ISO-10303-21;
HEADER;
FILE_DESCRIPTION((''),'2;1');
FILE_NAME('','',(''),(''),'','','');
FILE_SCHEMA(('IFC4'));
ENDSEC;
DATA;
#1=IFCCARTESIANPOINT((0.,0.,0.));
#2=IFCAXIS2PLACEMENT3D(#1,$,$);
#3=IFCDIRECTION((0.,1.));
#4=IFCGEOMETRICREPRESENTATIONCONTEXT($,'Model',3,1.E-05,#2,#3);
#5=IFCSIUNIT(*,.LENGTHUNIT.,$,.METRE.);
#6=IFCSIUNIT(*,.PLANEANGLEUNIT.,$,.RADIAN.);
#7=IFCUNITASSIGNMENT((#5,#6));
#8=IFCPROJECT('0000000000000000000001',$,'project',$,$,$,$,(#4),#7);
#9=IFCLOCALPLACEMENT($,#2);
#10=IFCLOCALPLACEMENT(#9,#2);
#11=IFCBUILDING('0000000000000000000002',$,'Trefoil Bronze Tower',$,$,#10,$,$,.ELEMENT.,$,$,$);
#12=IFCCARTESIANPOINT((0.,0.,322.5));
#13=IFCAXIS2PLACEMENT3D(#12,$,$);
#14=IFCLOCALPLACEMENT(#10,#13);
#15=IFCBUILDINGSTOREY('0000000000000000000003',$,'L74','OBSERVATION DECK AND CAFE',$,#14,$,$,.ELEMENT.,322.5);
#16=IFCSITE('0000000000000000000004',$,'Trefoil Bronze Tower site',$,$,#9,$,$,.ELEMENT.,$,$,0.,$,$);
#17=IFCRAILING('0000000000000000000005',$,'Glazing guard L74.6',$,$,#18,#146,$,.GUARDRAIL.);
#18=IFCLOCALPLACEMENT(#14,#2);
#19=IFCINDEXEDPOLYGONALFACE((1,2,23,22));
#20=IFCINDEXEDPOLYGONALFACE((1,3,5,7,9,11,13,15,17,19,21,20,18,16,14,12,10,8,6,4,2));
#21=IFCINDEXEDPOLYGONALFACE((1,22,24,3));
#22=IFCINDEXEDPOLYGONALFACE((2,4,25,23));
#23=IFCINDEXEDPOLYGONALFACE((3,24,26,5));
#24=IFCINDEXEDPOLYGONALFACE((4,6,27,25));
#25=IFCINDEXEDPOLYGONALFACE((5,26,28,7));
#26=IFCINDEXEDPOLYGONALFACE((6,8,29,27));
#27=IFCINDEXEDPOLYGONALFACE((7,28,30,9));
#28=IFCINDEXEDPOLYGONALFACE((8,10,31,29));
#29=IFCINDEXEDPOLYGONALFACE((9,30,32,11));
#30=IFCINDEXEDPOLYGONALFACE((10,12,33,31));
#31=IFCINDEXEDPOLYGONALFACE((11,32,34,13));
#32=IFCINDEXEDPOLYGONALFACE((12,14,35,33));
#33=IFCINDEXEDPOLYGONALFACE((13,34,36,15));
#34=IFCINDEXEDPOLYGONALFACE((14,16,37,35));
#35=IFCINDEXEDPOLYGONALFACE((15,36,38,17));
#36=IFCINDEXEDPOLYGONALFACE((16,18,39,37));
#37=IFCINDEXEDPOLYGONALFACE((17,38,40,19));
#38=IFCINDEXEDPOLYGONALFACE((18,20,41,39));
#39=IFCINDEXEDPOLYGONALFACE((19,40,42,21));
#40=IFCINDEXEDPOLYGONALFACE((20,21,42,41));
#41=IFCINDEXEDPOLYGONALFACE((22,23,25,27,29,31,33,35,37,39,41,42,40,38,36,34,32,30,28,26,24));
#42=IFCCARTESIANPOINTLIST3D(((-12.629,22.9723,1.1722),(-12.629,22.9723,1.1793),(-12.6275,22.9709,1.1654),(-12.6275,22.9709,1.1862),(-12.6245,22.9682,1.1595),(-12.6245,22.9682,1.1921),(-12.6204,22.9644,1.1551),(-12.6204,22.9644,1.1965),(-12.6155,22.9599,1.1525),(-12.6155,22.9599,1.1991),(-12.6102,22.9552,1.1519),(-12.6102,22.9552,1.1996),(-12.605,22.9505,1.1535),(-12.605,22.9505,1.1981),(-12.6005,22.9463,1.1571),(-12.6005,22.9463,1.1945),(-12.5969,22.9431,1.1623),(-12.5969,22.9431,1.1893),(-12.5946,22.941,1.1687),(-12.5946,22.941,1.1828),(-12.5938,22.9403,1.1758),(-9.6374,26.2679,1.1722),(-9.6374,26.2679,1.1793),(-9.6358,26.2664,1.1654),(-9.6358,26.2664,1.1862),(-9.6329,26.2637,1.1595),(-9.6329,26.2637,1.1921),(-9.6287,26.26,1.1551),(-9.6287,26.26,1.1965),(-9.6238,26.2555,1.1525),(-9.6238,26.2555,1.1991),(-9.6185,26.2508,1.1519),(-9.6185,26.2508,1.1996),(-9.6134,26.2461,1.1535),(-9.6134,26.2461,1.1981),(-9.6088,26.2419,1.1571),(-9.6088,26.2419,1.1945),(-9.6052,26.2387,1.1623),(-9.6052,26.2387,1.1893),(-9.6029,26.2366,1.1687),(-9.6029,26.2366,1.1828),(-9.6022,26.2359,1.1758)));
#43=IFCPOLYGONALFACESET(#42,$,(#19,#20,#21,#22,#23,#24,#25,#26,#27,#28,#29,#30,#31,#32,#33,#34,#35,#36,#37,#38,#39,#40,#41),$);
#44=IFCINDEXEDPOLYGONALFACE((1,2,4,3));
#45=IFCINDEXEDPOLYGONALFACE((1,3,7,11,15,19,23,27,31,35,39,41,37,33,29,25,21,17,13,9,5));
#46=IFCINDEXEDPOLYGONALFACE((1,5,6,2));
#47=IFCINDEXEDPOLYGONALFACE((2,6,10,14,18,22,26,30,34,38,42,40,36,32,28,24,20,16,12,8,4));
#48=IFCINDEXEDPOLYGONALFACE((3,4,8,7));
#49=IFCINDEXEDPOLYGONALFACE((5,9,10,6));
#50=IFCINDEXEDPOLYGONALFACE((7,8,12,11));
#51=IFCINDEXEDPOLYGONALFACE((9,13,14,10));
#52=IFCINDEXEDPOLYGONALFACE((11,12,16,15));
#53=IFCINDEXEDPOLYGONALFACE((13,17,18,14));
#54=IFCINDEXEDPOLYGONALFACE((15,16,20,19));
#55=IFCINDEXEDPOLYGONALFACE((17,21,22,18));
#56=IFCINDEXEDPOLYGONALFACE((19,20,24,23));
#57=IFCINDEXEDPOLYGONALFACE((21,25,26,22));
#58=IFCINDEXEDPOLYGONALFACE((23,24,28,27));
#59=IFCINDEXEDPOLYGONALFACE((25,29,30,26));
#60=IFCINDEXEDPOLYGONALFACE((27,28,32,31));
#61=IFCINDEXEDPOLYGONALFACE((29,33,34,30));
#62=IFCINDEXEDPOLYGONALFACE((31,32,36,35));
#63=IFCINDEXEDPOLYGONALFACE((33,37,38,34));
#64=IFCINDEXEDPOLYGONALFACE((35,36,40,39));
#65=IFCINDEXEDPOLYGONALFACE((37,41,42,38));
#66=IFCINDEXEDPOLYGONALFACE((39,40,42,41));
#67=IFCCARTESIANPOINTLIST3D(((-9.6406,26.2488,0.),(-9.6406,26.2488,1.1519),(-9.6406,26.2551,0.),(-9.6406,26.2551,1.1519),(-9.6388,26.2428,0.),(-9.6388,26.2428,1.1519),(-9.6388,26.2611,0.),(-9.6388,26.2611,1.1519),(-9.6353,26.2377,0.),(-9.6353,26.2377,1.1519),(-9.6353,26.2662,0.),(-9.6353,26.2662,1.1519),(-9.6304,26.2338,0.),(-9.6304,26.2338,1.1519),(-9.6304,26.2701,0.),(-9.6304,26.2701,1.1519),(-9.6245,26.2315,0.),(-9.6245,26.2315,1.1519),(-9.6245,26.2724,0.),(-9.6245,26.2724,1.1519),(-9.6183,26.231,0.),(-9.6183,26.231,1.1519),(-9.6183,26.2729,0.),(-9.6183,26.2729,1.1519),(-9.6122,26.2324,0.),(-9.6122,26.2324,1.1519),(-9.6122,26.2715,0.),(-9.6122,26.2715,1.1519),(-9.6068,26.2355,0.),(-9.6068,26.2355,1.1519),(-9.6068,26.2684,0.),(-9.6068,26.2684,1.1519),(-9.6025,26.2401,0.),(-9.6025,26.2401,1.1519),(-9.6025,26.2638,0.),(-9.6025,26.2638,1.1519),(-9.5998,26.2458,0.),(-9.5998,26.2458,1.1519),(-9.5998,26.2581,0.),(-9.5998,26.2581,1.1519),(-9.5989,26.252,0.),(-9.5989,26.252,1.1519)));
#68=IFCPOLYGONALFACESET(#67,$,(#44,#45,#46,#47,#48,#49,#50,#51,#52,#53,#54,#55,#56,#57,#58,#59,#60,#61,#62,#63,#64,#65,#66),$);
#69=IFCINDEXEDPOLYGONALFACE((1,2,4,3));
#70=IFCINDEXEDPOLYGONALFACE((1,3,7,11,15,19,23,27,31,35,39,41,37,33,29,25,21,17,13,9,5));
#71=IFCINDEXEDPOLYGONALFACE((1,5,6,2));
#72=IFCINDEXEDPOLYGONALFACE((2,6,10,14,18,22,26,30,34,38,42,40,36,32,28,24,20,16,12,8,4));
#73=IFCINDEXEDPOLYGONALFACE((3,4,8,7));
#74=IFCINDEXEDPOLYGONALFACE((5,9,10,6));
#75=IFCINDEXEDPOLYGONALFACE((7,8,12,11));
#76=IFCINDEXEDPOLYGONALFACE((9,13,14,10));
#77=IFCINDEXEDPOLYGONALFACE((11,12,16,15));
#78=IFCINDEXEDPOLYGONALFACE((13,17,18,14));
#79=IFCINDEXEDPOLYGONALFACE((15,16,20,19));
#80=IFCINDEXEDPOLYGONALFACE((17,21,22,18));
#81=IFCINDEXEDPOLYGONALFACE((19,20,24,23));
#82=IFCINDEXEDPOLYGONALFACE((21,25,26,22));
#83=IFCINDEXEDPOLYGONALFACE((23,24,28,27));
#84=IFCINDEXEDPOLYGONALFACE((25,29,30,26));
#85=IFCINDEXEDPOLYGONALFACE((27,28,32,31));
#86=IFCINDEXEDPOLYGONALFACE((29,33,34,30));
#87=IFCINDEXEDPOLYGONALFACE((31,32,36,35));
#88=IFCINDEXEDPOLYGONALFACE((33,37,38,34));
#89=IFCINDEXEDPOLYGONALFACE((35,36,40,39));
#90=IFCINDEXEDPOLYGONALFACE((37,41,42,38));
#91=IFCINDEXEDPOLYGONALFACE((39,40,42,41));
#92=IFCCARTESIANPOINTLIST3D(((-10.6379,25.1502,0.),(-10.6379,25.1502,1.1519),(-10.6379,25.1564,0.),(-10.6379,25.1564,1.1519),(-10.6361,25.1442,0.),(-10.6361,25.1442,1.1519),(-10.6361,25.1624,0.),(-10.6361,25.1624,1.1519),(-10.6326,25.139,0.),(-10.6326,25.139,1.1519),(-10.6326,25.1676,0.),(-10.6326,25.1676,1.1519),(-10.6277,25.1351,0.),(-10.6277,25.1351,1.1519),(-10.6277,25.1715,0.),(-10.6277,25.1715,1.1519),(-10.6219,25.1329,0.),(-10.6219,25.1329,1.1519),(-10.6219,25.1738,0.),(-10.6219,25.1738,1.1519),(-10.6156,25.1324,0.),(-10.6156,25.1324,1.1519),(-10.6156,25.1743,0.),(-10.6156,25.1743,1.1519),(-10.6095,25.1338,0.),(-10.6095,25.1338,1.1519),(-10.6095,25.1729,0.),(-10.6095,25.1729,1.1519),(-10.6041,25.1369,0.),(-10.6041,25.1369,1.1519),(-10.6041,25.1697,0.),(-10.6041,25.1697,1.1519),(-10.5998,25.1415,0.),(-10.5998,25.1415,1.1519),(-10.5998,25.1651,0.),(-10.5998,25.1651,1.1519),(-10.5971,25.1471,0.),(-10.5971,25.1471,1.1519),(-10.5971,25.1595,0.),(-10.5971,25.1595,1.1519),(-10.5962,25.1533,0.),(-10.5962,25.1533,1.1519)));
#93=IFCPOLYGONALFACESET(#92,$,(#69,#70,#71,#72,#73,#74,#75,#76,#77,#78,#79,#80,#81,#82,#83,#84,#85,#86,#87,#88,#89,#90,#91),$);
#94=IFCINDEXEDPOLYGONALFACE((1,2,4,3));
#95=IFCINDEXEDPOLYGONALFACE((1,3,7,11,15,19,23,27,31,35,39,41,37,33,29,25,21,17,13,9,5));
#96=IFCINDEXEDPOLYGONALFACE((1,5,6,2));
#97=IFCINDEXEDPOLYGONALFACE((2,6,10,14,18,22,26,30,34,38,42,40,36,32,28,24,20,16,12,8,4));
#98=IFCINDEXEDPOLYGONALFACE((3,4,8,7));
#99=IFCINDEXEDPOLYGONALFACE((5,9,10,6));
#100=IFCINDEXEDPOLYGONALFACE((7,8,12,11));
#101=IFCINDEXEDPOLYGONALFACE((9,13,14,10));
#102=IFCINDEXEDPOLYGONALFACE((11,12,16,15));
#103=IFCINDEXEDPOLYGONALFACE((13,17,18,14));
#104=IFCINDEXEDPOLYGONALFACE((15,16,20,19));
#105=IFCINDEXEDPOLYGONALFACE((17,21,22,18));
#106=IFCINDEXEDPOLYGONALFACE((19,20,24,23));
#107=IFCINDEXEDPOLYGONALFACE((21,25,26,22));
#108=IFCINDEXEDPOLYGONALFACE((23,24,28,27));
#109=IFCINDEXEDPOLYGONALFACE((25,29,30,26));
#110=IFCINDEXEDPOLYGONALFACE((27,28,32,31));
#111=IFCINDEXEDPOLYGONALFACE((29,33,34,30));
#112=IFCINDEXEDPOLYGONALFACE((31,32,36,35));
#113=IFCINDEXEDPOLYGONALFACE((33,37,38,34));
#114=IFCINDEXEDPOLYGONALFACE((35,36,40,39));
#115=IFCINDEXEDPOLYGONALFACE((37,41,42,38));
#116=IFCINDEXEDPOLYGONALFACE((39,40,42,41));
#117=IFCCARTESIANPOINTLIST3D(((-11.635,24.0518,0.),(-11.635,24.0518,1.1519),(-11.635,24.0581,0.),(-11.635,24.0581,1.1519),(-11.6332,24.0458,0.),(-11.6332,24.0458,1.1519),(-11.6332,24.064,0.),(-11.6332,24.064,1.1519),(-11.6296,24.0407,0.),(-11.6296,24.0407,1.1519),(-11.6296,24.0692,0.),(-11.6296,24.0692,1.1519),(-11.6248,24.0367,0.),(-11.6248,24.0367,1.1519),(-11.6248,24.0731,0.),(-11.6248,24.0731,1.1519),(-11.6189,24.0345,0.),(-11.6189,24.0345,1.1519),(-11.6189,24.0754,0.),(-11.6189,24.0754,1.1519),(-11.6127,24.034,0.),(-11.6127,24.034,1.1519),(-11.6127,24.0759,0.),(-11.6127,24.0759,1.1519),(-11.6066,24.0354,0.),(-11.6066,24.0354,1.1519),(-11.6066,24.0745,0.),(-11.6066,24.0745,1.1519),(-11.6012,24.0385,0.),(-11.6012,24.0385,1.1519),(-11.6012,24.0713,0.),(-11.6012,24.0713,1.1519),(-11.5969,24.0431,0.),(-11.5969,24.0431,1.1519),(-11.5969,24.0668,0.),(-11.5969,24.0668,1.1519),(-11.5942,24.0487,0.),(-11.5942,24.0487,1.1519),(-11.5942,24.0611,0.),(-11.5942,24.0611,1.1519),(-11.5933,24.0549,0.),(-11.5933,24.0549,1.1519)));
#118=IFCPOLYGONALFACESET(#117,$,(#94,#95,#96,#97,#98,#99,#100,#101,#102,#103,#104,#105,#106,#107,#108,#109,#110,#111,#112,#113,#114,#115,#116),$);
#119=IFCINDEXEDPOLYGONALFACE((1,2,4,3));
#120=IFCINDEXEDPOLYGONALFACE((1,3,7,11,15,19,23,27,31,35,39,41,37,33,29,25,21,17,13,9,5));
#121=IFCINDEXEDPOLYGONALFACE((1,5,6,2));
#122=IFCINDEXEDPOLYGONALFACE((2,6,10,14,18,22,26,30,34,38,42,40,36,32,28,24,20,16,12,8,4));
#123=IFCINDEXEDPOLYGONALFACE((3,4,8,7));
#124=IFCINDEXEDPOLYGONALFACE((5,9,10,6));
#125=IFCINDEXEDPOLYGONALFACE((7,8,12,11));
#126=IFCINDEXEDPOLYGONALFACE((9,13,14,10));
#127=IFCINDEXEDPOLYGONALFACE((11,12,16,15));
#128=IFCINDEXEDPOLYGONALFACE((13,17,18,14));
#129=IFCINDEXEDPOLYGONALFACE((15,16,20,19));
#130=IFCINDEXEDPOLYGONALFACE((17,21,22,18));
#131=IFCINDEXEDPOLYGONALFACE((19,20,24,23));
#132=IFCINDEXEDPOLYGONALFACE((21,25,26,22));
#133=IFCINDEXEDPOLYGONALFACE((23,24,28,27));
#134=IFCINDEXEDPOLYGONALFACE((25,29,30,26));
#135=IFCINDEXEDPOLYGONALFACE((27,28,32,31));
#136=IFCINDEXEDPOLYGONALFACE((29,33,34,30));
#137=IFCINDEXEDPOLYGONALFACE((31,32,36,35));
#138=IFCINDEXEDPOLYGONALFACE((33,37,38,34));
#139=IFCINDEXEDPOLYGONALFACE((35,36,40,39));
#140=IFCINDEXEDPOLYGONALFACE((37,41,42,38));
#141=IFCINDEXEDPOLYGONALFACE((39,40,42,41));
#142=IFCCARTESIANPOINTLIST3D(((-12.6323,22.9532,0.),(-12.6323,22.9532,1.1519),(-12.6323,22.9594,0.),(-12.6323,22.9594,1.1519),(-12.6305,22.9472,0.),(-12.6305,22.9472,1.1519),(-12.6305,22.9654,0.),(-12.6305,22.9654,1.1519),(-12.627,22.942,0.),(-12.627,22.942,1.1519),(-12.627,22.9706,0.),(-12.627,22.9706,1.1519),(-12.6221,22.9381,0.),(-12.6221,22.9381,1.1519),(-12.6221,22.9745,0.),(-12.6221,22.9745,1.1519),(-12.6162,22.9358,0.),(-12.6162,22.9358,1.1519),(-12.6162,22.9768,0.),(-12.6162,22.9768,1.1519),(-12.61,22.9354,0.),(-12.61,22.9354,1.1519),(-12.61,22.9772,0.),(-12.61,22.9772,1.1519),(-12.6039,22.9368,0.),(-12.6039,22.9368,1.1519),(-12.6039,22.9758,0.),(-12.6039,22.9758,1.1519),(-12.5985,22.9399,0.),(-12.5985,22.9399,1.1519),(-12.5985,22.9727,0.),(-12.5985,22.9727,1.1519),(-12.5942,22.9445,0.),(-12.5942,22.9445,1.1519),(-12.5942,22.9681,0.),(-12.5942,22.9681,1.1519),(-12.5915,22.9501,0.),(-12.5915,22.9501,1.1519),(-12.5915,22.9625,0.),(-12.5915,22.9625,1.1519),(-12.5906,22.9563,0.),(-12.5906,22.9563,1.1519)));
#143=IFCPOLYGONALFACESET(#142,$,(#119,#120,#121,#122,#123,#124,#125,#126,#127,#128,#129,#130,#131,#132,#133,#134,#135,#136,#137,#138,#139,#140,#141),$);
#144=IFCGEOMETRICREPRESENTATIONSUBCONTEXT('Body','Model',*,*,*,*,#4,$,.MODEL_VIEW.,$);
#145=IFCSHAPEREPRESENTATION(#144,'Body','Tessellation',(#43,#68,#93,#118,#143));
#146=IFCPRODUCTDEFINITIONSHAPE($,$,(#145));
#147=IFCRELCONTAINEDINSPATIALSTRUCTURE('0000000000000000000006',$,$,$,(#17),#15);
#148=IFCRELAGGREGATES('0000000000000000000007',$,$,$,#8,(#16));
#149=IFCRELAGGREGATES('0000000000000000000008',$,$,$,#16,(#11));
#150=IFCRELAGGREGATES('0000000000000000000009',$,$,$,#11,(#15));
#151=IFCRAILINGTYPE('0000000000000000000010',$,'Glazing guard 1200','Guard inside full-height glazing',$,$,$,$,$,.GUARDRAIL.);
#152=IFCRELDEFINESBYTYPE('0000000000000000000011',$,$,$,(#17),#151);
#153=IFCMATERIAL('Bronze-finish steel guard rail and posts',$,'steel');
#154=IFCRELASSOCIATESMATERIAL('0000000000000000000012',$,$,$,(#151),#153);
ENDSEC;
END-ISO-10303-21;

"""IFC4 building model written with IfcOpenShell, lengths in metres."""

from ifc_helpers import new_model, si_unit, direction, frame, origin, origin_2d, place, context, subcontext, project, spatial, circle, extrude, material, type_object, element, save


model = new_model("IFC4")

# Units and contexts
model_context = context("Model", 3, precision=1e-05, world=origin(), true_north=direction((0.0, 1.0)))
body_context = subcontext(model_context, "Body", "Model", "MODEL_VIEW")
ifc_project = project(units=[si_unit("LENGTHUNIT", "METRE"), si_unit("PLANEANGLEUNIT", "RADIAN")], contexts=[model_context])

# Site, building, storey
site_placement = place(None, origin())
site = spatial("IfcSite", under=ifc_project, at=site_placement, Name="Trefoil Bronze Tower site", CompositionType="ELEMENT", RefElevation=0.0)
building_placement = place(site_placement, origin())
building = spatial("IfcBuilding", under=site, at=building_placement, Name="Trefoil Bronze Tower", CompositionType="ELEMENT")
storey_placement = place(building_placement, frame((0.0, 0.0, 322.5)))
storey = spatial("IfcBuildingStorey", under=building, at=storey_placement, Name="L74", Description="OBSERVATION DECK AND CAFE", CompositionType="ELEMENT", Elevation=322.5)

# Railing
ifc_material_1 = material(Name="Bronze-finish steel guard rail and posts", Category="steel")
railing_type = type_object("IfcRailingType", Name="Glazing guard 1200", Description="Guard inside full-height glazing", PredefinedType="GUARDRAIL", material=ifc_material_1)
railing_1_placement = place(storey_placement, frame((-9.6199, 26.252, 0.0)))
element("IfcRailing", 1, at=railing_1_placement, inside=storey, type_object=railing_type, Name="Glazing guard L74.6", PredefinedType="GUARDRAIL", context=body_context, shape_type="SweptSolid", body=[
    extrude(circle(Radius=0.0239, at=origin_2d()), frame((0.0, 0.0, 1.1758), z_axis=(-0.672138, -0.740426, 0.0), x_axis=(0.740426, -0.672138, 0.0)), (0.0, 0.0, 1.0), 4.4509),
    extrude(circle(Radius=0.021, at=origin_2d()), origin(), (0.0, 0.0, 1.0), 1.1519),
    extrude(circle(Radius=0.021, at=origin_2d()), frame((-0.9973, -1.0986, 0.0)), (0.0, 0.0, 1.0), 1.1519),
    extrude(circle(Radius=0.021, at=origin_2d()), frame((-1.9944, -2.197, 0.0)), (0.0, 0.0, 1.0), 1.1519),
    extrude(circle(Radius=0.021, at=origin_2d()), frame((-2.9917, -3.2957, 0.0)), (0.0, 0.0, 1.0), 1.1519),
])

save(model, "model.ifc")
